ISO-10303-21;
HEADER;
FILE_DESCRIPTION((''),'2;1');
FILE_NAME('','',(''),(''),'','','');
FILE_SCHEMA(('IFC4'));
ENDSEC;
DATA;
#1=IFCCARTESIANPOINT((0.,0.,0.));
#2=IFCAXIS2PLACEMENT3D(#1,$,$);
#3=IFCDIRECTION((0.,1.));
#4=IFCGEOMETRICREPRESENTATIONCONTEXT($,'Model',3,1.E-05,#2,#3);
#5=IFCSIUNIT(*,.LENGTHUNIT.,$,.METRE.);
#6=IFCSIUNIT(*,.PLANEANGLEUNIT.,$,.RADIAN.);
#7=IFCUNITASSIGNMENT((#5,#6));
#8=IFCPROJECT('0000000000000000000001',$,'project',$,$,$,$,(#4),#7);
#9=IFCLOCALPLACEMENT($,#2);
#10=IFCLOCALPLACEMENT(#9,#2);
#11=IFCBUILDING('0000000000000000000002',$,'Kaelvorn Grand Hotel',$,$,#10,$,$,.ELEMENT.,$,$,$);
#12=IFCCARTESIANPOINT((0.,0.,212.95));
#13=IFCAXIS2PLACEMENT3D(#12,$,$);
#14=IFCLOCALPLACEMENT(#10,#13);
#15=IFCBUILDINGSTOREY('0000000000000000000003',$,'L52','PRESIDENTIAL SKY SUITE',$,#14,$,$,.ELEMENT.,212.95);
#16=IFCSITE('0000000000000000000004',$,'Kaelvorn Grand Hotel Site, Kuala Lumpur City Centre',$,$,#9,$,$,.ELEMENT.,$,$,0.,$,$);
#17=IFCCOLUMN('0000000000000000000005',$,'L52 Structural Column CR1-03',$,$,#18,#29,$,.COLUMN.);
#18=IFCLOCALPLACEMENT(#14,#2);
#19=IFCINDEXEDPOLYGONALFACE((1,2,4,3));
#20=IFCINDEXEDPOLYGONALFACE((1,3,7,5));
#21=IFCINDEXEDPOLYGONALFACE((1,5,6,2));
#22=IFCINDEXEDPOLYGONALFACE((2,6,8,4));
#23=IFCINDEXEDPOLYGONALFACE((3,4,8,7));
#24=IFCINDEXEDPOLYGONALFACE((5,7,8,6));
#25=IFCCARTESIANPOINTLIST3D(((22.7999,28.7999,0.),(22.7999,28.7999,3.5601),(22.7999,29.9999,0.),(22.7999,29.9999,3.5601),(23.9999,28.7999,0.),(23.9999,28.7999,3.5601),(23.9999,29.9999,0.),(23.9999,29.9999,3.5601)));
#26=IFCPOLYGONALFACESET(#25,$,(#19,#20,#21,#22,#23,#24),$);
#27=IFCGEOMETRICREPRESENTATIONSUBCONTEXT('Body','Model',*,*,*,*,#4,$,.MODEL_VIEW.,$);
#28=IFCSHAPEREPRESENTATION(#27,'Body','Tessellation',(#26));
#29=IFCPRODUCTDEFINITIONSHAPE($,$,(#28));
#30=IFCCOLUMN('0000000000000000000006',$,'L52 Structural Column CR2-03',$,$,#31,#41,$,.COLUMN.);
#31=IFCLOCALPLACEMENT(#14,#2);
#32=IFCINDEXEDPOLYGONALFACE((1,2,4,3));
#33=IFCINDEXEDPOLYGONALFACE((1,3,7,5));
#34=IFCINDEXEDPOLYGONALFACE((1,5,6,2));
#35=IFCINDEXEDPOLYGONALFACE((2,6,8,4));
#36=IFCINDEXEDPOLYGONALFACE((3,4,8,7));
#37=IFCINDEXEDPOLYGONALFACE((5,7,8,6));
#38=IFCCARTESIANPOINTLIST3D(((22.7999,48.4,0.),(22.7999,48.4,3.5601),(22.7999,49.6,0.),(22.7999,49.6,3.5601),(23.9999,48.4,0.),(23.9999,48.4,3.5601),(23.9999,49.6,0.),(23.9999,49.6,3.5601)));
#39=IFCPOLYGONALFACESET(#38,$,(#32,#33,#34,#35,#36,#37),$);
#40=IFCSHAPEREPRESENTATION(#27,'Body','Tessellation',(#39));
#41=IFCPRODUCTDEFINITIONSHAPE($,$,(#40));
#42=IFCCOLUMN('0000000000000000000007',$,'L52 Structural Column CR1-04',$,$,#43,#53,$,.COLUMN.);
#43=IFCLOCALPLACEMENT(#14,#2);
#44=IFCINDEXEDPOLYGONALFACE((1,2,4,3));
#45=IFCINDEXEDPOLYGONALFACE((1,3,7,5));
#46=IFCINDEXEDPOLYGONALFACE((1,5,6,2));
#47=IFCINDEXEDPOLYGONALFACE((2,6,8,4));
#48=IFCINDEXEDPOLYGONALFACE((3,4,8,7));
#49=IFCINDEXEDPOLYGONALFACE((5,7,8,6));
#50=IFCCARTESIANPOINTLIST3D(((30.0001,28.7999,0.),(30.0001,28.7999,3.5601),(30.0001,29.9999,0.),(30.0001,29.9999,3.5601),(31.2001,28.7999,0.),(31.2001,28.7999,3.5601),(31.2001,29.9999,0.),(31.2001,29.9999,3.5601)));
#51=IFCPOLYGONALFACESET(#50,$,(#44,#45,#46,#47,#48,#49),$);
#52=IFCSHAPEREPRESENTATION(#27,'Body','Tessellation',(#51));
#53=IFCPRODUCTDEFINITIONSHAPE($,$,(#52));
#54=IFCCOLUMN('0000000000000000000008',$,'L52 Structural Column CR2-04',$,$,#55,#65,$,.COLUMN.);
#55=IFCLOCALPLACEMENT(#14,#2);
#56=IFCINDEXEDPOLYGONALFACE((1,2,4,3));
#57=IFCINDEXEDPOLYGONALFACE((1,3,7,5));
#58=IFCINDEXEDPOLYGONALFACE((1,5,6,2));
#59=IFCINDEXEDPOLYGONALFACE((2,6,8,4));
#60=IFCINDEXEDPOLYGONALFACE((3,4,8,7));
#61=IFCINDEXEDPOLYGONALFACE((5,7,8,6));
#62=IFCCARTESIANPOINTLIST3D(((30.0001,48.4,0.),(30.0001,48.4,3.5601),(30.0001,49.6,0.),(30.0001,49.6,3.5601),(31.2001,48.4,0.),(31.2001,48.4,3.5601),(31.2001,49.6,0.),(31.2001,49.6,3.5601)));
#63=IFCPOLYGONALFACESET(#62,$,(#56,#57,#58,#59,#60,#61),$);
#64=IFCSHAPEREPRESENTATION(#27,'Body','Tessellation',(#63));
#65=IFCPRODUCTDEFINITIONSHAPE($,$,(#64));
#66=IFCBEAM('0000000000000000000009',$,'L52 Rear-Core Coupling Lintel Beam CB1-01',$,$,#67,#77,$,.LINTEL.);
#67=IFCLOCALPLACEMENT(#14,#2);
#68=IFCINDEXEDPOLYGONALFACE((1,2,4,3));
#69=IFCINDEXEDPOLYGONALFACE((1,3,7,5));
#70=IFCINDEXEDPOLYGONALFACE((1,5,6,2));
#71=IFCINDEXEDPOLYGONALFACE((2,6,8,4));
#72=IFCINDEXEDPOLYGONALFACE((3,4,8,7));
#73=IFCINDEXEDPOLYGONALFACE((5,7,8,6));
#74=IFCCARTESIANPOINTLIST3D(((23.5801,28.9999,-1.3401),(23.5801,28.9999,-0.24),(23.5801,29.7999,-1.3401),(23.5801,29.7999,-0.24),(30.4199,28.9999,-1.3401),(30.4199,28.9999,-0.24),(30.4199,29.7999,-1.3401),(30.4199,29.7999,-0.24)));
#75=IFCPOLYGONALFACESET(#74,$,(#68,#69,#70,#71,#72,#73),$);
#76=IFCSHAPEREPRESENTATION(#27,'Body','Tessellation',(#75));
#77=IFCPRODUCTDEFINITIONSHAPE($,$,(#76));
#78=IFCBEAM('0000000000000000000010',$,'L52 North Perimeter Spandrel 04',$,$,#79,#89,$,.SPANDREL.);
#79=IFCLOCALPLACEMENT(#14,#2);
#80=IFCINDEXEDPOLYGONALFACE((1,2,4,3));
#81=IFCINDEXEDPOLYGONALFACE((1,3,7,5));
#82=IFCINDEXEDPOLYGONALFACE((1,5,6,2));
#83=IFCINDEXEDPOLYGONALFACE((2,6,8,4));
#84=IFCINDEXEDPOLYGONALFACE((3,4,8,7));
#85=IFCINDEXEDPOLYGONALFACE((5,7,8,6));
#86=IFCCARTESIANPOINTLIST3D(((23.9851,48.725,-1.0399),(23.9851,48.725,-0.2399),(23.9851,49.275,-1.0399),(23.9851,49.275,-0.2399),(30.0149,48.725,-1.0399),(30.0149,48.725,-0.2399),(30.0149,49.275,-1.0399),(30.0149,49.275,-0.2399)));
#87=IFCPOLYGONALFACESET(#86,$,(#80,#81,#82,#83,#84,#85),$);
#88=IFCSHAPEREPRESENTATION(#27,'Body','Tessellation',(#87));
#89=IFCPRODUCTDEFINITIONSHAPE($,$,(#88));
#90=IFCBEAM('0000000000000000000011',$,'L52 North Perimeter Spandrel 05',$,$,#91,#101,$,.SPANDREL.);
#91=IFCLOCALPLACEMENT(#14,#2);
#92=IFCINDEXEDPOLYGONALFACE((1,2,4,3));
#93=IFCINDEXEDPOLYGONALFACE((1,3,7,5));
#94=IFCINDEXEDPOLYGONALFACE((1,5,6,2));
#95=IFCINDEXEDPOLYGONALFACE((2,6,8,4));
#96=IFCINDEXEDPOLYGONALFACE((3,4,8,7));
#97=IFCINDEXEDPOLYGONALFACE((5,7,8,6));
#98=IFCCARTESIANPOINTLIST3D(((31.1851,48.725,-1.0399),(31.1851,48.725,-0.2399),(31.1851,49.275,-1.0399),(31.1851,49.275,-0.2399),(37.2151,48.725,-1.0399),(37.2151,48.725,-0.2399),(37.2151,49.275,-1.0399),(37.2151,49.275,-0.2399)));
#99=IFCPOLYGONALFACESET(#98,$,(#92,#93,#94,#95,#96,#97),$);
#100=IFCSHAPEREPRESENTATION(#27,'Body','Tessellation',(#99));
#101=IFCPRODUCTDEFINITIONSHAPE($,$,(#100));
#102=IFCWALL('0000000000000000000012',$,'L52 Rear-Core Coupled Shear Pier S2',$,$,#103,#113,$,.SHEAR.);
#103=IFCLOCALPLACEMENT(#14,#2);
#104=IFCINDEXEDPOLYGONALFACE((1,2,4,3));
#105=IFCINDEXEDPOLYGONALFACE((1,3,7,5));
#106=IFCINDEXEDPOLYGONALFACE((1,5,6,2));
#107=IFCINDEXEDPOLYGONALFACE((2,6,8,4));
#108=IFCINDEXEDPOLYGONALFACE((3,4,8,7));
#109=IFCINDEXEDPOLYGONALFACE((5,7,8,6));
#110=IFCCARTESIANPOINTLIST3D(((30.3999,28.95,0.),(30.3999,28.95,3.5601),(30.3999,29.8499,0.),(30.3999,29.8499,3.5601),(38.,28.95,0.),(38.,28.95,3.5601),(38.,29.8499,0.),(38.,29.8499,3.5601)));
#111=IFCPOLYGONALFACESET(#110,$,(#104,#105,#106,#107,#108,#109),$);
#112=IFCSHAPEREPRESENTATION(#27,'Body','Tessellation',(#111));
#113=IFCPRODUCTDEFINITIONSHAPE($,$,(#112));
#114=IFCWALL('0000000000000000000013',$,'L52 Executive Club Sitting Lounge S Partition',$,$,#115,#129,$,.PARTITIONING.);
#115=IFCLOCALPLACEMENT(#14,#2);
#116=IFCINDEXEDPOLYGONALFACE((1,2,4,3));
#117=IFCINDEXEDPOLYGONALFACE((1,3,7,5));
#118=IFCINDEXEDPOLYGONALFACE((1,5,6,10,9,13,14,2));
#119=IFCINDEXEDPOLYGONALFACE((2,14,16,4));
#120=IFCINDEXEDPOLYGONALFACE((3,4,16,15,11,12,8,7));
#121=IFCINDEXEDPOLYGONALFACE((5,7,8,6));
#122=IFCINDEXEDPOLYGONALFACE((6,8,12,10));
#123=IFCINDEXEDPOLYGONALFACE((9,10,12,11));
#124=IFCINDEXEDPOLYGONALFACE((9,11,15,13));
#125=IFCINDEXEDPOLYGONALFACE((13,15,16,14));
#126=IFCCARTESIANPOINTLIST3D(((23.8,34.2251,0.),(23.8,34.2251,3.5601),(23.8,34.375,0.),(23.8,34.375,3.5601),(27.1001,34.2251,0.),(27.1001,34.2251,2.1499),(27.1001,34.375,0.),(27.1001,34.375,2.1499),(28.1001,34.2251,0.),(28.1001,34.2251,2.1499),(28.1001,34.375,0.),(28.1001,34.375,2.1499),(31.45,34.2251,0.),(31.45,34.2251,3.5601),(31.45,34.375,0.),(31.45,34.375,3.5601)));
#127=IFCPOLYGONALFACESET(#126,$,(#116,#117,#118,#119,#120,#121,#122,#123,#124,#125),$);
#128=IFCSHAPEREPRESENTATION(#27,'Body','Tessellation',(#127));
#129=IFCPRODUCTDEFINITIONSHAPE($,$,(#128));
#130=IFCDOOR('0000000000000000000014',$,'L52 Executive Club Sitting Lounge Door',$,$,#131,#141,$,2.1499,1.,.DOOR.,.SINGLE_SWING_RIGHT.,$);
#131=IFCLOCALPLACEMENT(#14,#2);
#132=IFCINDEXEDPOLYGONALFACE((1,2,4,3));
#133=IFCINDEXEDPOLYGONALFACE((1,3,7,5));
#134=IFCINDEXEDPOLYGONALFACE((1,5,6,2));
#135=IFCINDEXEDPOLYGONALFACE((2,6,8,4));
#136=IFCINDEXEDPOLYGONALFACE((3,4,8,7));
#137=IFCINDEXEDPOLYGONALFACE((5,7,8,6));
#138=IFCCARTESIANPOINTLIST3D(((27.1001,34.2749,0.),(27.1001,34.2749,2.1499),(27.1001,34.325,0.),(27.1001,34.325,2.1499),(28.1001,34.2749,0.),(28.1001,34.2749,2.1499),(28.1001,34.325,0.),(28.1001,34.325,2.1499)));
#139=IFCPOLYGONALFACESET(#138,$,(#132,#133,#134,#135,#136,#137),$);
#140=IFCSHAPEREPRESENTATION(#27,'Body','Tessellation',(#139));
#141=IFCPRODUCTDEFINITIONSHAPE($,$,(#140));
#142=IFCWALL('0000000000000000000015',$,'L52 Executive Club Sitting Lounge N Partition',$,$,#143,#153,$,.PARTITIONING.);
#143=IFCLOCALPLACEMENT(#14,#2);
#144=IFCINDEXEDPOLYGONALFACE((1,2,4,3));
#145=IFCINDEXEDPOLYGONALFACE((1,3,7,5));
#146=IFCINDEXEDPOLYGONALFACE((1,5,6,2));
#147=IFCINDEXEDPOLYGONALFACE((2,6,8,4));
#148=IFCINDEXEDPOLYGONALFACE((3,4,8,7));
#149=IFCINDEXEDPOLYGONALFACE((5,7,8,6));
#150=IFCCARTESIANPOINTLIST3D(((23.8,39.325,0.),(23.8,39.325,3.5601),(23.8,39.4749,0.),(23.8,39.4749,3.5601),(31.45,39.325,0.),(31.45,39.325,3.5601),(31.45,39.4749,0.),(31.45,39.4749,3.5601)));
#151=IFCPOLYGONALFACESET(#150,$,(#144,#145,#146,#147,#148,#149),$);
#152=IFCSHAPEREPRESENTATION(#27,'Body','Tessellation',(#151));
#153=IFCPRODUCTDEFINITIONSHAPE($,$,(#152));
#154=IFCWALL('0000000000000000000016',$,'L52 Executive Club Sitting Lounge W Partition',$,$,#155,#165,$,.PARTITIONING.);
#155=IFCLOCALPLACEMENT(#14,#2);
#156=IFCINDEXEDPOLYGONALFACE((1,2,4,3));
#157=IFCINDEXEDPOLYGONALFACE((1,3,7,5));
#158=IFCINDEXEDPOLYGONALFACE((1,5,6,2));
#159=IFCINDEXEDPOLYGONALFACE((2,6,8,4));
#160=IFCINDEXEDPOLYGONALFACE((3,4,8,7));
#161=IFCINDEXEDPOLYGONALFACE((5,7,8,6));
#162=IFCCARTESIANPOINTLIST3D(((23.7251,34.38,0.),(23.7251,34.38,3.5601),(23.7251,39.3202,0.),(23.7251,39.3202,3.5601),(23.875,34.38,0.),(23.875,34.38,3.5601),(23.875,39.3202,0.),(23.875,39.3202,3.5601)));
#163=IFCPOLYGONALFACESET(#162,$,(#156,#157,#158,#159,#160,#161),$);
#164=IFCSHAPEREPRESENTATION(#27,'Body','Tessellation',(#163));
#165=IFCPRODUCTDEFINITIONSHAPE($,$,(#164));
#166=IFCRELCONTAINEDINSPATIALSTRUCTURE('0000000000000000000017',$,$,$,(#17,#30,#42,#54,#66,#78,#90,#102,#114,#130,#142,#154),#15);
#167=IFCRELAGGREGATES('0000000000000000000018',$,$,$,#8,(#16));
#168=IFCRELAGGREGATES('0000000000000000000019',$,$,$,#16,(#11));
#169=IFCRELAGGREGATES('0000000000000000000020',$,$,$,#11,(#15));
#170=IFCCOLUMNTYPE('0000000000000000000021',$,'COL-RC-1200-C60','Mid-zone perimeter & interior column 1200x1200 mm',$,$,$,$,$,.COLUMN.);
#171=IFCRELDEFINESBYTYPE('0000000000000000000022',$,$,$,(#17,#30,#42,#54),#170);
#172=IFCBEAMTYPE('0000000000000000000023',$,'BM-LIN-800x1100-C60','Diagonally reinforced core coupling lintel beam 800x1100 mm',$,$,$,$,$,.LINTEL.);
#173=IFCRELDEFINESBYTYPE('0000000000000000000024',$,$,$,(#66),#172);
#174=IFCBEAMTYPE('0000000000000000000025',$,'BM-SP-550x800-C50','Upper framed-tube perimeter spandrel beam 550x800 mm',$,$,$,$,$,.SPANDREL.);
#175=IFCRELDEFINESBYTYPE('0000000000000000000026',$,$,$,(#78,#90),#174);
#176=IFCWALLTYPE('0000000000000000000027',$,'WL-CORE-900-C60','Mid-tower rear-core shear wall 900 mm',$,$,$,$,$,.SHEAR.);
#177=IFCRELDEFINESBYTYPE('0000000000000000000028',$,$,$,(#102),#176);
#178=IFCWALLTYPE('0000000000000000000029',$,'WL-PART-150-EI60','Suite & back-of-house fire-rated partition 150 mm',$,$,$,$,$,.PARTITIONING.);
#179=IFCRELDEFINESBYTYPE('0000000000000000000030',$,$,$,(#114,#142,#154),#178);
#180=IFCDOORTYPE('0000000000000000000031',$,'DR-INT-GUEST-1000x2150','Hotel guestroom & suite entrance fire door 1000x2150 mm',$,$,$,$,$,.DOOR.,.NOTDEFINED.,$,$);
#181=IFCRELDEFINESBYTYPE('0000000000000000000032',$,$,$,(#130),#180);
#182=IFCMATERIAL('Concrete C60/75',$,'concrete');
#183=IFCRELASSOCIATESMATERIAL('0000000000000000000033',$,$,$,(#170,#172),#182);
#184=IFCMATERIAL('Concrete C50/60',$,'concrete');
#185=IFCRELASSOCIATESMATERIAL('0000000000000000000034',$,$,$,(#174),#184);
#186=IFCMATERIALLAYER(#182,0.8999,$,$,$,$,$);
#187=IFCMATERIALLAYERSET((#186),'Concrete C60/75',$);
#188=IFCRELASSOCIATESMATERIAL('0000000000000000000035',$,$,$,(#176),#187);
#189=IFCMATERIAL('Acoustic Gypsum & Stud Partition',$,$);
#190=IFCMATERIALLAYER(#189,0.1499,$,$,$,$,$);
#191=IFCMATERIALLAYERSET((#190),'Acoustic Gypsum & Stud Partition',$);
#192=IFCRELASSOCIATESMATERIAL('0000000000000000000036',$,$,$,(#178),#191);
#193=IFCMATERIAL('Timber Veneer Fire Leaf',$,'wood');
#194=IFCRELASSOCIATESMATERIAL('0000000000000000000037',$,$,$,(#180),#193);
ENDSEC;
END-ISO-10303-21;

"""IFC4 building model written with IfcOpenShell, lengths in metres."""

from ifc_helpers import new_model, si_unit, direction, frame, frame_2d, origin, origin_2d, place, context, subcontext, project, spatial, rectangle, extrude, material, layer, layer_set, material_profile, profile_set, type_object, element, fill, save


model = new_model("IFC4")

# Units and contexts
model_context = context("Model", 3, precision=1e-05, world=origin(), true_north=direction((0.0, 1.0)))
body_context = subcontext(model_context, "Body", "Model", "MODEL_VIEW")
ifc_project = project(units=[si_unit("LENGTHUNIT", "METRE"), si_unit("PLANEANGLEUNIT", "RADIAN")], contexts=[model_context])

# Site, building, storey
site_placement = place(None, origin())
site = spatial("IfcSite", under=ifc_project, at=site_placement, Name="Kaelvorn Grand Hotel Site, Kuala Lumpur City Centre", CompositionType="ELEMENT", RefElevation=0.0)
building_placement = place(site_placement, origin())
building = spatial("IfcBuilding", under=site, at=building_placement, Name="Kaelvorn Grand Hotel", CompositionType="ELEMENT")
storey_placement = place(building_placement, frame((0.0, 0.0, 212.95)))
storey = spatial("IfcBuildingStorey", under=building, at=storey_placement, Name="L52", Description="PRESIDENTIAL SKY SUITE", CompositionType="ELEMENT", Elevation=212.95)

# Columns
ifc_material_1 = material(Name="Concrete C60/75", Category="concrete")
ifc_material_profile_1 = material_profile(ifc_material_1, rectangle(XDim=1.2, YDim=1.2, at=origin_2d()), Name="RC COL 1200x1200")
ifc_profile_set_1 = profile_set([ifc_material_profile_1], Name="Concrete C60/75")
column_type = type_object("IfcColumnType", Name="COL-RC-1200-C60", Description="Mid-zone perimeter & interior column 1200x1200 mm", PredefinedType="COLUMN", material=ifc_profile_set_1)
for number, where, z_axis, x_axis, name in (
    (1, (23.3999, 29.3999, 0.0), (0.0, 0.0, 1.0), (1.0, 0.0, 0.0), "L52 Structural Column CR1-03"),
    (2, (23.3999, 49.0, 0.0), (0.0, 0.0, 1.0), (1.0, 0.0, 0.0), "L52 Structural Column CR2-03"),
    (3, (30.6001, 29.3999, 0.0), (0.0, 0.0, 1.0), (1.0, 0.0, 0.0), "L52 Structural Column CR1-04"),
    (4, (30.6001, 49.0, 0.0), (0.0, 0.0, 1.0), (1.0, 0.0, 0.0), "L52 Structural Column CR2-04"),
):
    element("IfcColumn", number, at=place(storey_placement, frame(where, z_axis=z_axis, x_axis=x_axis)), inside=storey, type_object=column_type, Name=name, PredefinedType="COLUMN", context=body_context, shape_type="SweptSolid", body=[
        extrude(rectangle(XDim=1.2, YDim=1.2, at=origin_2d()), origin(), (0.0, 0.0, 1.0), 3.5601),
    ])

# Beams
ifc_material_profile_2 = material_profile(ifc_material_1, rectangle(XDim=0.8, YDim=1.1001, at=origin_2d()), Name="RC LINTEL 800x1100")
ifc_profile_set_2 = profile_set([ifc_material_profile_2], Name="Concrete C60/75")
beam_type_1 = type_object("IfcBeamType", Name="BM-LIN-800x1100-C60", Description="Diagonally reinforced core coupling lintel beam 800x1100 mm", PredefinedType="LINTEL", material=ifc_profile_set_2)
beam_1_placement = place(storey_placement, frame((23.5801, 29.3999, -0.79), z_axis=(1.0, 0.0, 0.0), x_axis=(0.0, 1.0, 0.0)))
element("IfcBeam", 5, at=beam_1_placement, inside=storey, type_object=beam_type_1, Name="L52 Rear-Core Coupling Lintel Beam CB1-01", PredefinedType="LINTEL", context=body_context, shape_type="SweptSolid", body=[
    extrude(rectangle(XDim=0.8, YDim=1.1001, at=origin_2d()), origin(), (0.0, 0.0, 1.0), 6.8398),
])
ifc_material_2 = material(Name="Concrete C50/60", Category="concrete")
ifc_material_profile_3 = material_profile(ifc_material_2, rectangle(XDim=0.55, YDim=0.8, at=origin_2d()), Name="RC SPANDREL 550x800")
ifc_profile_set_3 = profile_set([ifc_material_profile_3], Name="Concrete C50/60")
beam_type_2 = type_object("IfcBeamType", Name="BM-SP-550x800-C50", Description="Upper framed-tube perimeter spandrel beam 550x800 mm", PredefinedType="SPANDREL", material=ifc_profile_set_3)
beam_2_placement = place(storey_placement, frame((23.9851, 49.0, -0.6399), z_axis=(1.0, 0.0, 0.0), x_axis=(0.0, 1.0, 0.0)))
element("IfcBeam", 6, at=beam_2_placement, inside=storey, type_object=beam_type_2, Name="L52 North Perimeter Spandrel 04", PredefinedType="SPANDREL", context=body_context, shape_type="SweptSolid", body=[
    extrude(rectangle(XDim=0.55, YDim=0.8, at=origin_2d()), origin(), (0.0, 0.0, 1.0), 6.0298),
])
beam_3_placement = place(storey_placement, frame((31.1851, 49.0, -0.6399), z_axis=(1.0, 0.0, 0.0), x_axis=(0.0, 1.0, 0.0)))
element("IfcBeam", 7, at=beam_3_placement, inside=storey, type_object=beam_type_2, Name="L52 North Perimeter Spandrel 05", PredefinedType="SPANDREL", context=body_context, shape_type="SweptSolid", body=[
    extrude(rectangle(XDim=0.55, YDim=0.8, at=origin_2d()), origin(), (0.0, 0.0, 1.0), 6.03),
])

# Wall
ifc_layer_1 = layer(ifc_material_1, 0.8999)
ifc_layer_set_1 = layer_set([ifc_layer_1], Name="Concrete C60/75")
wall_type_1 = type_object("IfcWallType", Name="WL-CORE-900-C60", Description="Mid-tower rear-core shear wall 900 mm", PredefinedType="SHEAR", material=ifc_layer_set_1)
wall_1_placement = place(storey_placement, frame((30.3999, 29.3999, 0.0), z_axis=(0.0, 0.0, 1.0), x_axis=(1.0, 0.0, 0.0)))
element("IfcWall", 8, at=wall_1_placement, inside=storey, type_object=wall_type_1, Name="L52 Rear-Core Coupled Shear Pier S2", PredefinedType="SHEAR", context=body_context, shape_type="SweptSolid", body=[
    extrude(rectangle(XDim=7.6001, YDim=0.8999, at=frame_2d((3.8, 0.0))), origin(), (0.0, 0.0, 1.0), 3.5601),
])

# Wall, opening, door
ifc_material_3 = material(Name="Acoustic Gypsum & Stud Partition")
ifc_layer_2 = layer(ifc_material_3, 0.1499)
ifc_layer_set_2 = layer_set([ifc_layer_2], Name="Acoustic Gypsum & Stud Partition")
wall_type_2 = type_object("IfcWallType", Name="WL-PART-150-EI60", Description="Suite & back-of-house fire-rated partition 150 mm", PredefinedType="PARTITIONING", material=ifc_layer_set_2)
wall_2_placement = place(storey_placement, frame((23.8, 34.3, 0.0), z_axis=(0.0, 0.0, 1.0), x_axis=(1.0, 0.0, 0.0)))
wall_2 = element("IfcWall", 9, at=wall_2_placement, inside=storey, type_object=wall_type_2, Name="L52 Executive Club Sitting Lounge S Partition", PredefinedType="PARTITIONING", context=body_context, shape_type="SweptSolid", body=[
    extrude(rectangle(XDim=7.6499, YDim=0.1499, at=frame_2d((3.825, 0.0))), origin(), (0.0, 0.0, 1.0), 3.5601),
])
opening_1_placement = place(wall_2_placement, frame((3.3, 0.0, 0.0)))
opening_1 = element("IfcOpeningElement", 10, at=opening_1_placement, cuts=wall_2, PredefinedType="OPENING", context=body_context, shape_type="SweptSolid", body=[
    extrude(rectangle(XDim=1.0, YDim=2.1499, at=frame_2d((0.5, 1.075))), frame((0.0, 0.085, 0.0), z_axis=(0.0, -1.0, 0.0), x_axis=(1.0, 0.0, 0.0)), (0.0, 0.0, 1.0), 0.1699),
])
ifc_material_4 = material(Name="Timber Veneer Fire Leaf", Category="wood")
door_type_1 = type_object("IfcDoorType", Name="DR-INT-GUEST-1000x2150", Description="Hotel guestroom & suite entrance fire door 1000x2150 mm", OperationType="NOTDEFINED", PredefinedType="DOOR", material=ifc_material_4)
door_1_placement = place(opening_1_placement, origin())
door_1 = element("IfcDoor", 11, at=door_1_placement, inside=storey, type_object=door_type_1, Name="L52 Executive Club Sitting Lounge Door", OperationType="SINGLE_SWING_RIGHT", OverallHeight=2.1499, OverallWidth=1.0, PredefinedType="DOOR", context=body_context, shape_type="SweptSolid", body=[
    extrude(rectangle(XDim=1.0, YDim=2.1499, at=frame_2d((0.5, 1.075))), frame((0.0, 0.0249, 0.0), z_axis=(0.0, -1.0, 0.0), x_axis=(1.0, 0.0, 0.0)), (0.0, 0.0, 1.0), 0.05),
])
fill(opening_1, door_1)

# Walls
wall_3_placement = place(storey_placement, frame((23.8, 39.3999, 0.0), z_axis=(0.0, 0.0, 1.0), x_axis=(1.0, 0.0, 0.0)))
element("IfcWall", 12, at=wall_3_placement, inside=storey, type_object=wall_type_2, Name="L52 Executive Club Sitting Lounge N Partition", PredefinedType="PARTITIONING", context=body_context, shape_type="SweptSolid", body=[
    extrude(rectangle(XDim=7.6499, YDim=0.1499, at=frame_2d((3.825, 0.0))), origin(), (0.0, 0.0, 1.0), 3.5601),
])
wall_4_placement = place(storey_placement, frame((23.8, 34.3799, 0.0), z_axis=(0.0, 0.0, 1.0), x_axis=(0.0, 1.0, 0.0)))
element("IfcWall", 13, at=wall_4_placement, inside=storey, type_object=wall_type_2, Name="L52 Executive Club Sitting Lounge W Partition", PredefinedType="PARTITIONING", context=body_context, shape_type="SweptSolid", body=[
    extrude(rectangle(XDim=4.9402, YDim=0.1499, at=frame_2d((2.4702, 0.0))), origin(), (0.0, 0.0, 1.0), 3.5601),
])

save(model, "model.ifc")
